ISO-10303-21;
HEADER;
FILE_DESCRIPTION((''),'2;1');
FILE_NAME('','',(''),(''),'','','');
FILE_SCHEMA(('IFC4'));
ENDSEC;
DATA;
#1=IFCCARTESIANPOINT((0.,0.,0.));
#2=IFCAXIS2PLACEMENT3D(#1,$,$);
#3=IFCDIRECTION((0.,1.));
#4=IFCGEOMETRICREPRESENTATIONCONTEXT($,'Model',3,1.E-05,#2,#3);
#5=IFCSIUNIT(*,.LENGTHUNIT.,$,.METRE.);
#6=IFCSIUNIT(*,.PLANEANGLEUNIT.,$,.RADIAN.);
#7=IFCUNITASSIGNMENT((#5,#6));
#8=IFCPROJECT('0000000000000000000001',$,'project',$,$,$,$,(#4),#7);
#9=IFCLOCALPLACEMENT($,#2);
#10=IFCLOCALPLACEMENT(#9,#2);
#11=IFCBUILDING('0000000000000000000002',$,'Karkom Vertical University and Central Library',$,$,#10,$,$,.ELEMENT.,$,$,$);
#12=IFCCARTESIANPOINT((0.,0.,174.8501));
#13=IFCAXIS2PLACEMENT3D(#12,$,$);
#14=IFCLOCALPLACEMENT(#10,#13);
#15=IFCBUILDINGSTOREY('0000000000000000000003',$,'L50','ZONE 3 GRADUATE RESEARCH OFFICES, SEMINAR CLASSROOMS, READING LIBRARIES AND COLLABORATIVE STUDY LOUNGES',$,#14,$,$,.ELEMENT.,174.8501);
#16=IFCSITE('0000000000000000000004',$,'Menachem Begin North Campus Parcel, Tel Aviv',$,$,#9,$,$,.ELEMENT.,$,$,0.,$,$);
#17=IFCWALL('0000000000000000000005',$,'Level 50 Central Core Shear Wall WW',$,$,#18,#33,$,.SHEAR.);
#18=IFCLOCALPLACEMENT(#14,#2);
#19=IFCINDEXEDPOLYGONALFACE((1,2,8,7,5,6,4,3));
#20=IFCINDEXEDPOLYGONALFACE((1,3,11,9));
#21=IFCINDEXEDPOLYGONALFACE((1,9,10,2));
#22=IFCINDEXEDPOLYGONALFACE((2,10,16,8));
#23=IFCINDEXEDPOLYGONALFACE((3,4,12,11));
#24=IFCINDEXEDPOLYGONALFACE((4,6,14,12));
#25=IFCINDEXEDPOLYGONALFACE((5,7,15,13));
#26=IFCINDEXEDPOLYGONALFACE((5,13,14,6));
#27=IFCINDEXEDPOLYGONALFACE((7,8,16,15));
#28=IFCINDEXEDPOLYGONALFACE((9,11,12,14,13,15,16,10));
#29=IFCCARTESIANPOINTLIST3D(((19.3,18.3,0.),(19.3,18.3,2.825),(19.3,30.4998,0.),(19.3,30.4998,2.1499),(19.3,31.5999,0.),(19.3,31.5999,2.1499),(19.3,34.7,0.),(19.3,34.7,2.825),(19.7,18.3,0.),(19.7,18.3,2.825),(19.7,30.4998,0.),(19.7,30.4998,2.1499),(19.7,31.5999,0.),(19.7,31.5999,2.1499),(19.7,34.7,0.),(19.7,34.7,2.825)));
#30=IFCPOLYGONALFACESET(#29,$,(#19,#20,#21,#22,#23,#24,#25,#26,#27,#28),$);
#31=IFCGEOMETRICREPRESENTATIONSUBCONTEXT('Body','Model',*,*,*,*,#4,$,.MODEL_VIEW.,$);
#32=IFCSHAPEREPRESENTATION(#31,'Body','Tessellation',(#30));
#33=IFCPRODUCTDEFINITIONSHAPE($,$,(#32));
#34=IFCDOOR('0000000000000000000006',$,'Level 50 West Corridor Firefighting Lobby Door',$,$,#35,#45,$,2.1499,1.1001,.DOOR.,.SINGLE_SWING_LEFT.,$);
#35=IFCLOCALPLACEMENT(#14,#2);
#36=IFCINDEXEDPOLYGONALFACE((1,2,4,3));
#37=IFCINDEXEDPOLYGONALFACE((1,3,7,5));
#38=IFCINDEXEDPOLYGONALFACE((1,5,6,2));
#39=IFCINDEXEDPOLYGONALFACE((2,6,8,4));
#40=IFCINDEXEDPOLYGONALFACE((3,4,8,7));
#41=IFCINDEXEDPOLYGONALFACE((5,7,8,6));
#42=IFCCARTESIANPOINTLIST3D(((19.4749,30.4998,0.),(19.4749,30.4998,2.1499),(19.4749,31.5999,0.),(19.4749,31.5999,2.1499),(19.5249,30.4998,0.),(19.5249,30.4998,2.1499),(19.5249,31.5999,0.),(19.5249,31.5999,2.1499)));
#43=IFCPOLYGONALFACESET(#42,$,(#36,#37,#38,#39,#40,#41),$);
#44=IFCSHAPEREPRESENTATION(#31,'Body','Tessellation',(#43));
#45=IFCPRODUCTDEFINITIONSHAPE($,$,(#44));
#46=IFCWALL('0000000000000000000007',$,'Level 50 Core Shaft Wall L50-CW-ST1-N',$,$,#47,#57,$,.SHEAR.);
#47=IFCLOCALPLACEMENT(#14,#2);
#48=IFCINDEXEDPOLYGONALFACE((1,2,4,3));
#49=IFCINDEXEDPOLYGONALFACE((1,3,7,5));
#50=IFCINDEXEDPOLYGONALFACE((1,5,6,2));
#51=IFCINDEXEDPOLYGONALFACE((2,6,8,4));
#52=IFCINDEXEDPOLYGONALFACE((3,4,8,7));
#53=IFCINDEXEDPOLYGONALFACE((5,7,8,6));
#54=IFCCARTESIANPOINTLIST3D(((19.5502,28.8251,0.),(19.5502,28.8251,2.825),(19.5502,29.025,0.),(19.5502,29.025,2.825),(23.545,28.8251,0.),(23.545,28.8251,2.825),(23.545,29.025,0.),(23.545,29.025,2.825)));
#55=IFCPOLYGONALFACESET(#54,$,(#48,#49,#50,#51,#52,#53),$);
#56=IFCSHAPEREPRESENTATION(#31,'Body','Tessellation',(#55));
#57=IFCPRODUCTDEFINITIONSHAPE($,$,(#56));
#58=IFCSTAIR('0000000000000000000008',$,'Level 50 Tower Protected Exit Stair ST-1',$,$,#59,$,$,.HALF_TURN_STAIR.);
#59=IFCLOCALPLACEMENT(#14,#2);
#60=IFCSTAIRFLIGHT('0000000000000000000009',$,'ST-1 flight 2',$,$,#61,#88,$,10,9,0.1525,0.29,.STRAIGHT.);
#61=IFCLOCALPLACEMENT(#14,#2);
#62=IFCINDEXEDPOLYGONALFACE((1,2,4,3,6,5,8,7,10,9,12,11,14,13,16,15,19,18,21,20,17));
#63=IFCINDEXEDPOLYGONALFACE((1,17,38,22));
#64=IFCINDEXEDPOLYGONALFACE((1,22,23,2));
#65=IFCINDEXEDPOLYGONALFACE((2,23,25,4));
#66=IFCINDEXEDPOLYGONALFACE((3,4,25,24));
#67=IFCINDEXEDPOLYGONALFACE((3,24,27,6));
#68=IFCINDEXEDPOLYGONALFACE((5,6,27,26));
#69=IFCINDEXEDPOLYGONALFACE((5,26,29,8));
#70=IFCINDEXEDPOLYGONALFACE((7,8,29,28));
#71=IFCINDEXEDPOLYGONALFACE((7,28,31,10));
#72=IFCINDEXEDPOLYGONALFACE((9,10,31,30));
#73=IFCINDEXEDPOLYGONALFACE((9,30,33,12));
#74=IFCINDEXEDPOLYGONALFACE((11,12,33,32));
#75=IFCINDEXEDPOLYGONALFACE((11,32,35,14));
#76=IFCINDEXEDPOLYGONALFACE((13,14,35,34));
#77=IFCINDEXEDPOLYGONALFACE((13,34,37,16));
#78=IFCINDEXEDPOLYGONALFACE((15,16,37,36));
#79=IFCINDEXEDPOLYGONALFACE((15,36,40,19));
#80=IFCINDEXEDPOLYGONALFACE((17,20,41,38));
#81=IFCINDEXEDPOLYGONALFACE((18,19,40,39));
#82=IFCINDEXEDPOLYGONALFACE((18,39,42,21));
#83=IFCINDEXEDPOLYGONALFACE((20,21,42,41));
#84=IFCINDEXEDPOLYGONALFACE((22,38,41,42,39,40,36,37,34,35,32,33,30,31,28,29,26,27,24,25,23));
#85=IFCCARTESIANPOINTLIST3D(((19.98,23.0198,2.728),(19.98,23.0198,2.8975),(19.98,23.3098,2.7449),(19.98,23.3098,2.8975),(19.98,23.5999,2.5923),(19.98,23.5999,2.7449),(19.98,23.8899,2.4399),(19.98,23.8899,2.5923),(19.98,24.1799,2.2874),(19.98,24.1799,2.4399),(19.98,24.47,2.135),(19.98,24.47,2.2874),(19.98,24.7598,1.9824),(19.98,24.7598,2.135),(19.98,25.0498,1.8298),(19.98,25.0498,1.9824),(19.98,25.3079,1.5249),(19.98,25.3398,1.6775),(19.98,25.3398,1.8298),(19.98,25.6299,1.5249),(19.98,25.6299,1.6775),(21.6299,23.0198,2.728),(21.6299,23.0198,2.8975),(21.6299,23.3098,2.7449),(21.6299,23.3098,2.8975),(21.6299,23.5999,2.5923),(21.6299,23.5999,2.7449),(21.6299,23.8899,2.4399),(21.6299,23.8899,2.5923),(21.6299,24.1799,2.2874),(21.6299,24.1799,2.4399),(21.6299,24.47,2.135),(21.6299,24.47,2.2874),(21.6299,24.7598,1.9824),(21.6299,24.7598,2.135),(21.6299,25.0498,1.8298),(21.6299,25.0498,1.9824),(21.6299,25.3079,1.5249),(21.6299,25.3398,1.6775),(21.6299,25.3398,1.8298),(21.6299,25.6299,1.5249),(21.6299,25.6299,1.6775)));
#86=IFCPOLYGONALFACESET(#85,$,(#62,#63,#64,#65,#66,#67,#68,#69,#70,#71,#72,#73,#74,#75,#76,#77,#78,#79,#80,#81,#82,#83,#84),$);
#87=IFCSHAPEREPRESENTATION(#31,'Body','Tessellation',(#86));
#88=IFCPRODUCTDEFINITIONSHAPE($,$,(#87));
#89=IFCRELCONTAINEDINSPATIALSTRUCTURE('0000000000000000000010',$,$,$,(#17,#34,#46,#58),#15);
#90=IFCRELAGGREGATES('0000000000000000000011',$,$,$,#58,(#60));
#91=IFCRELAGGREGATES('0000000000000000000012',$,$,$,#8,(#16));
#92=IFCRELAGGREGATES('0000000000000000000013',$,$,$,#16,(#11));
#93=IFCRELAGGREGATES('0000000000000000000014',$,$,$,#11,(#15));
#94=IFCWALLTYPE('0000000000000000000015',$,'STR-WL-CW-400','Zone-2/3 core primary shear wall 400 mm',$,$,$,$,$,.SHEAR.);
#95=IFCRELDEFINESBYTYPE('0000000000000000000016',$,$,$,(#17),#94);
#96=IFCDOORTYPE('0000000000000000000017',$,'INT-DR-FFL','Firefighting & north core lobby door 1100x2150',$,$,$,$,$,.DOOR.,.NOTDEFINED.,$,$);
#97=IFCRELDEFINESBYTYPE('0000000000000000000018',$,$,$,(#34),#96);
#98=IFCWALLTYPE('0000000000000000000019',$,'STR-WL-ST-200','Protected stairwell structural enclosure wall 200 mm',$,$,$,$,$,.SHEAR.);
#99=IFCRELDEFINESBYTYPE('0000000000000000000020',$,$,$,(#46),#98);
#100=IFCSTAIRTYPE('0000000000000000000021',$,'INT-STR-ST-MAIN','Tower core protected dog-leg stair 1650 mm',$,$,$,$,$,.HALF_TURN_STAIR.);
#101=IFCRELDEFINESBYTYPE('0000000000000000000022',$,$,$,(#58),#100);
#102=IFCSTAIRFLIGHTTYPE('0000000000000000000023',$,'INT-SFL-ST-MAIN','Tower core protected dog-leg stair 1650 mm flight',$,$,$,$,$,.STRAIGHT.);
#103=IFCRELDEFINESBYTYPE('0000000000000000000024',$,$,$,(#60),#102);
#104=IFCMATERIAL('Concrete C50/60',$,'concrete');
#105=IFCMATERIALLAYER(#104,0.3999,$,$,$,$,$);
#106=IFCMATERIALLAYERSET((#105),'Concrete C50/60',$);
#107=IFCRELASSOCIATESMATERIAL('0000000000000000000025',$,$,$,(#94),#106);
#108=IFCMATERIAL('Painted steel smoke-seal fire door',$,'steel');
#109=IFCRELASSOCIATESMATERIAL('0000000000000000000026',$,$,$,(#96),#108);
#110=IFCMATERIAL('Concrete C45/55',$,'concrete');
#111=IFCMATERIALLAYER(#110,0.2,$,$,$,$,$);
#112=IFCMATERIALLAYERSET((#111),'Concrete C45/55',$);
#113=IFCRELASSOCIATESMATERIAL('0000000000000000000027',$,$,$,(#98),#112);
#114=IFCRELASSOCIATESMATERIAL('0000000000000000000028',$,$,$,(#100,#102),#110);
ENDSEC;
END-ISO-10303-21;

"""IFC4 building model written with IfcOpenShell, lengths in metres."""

from ifc_helpers import new_model, si_unit, direction, frame, frame_2d, origin, origin_with_axes, place, context, subcontext, project, spatial, polyline, rectangle, outline, extrude, source, transform, mapped, material, layer, layer_set, type_object, element, fill, aggregate, save


model = new_model("IFC4")

# Units and contexts
model_context = context("Model", 3, precision=1e-05, world=origin(), true_north=direction((0.0, 1.0)))
body_context = subcontext(model_context, "Body", "Model", "MODEL_VIEW")
ifc_project = project(units=[si_unit("LENGTHUNIT", "METRE"), si_unit("PLANEANGLEUNIT", "RADIAN")], contexts=[model_context])

# Site, building, storey
site_placement = place(None, origin())
site = spatial("IfcSite", under=ifc_project, at=site_placement, Name="Menachem Begin North Campus Parcel, Tel Aviv", CompositionType="ELEMENT", RefElevation=0.0)
building_placement = place(site_placement, origin())
building = spatial("IfcBuilding", under=site, at=building_placement, Name="Karkom Vertical University and Central Library", CompositionType="ELEMENT")
storey_placement = place(building_placement, frame((0.0, 0.0, 174.8501)))
storey = spatial("IfcBuildingStorey", under=building, at=storey_placement, Name="L50", Description="ZONE 3 GRADUATE RESEARCH OFFICES, SEMINAR CLASSROOMS, READING LIBRARIES AND COLLABORATIVE STUDY LOUNGES", CompositionType="ELEMENT", Elevation=174.8501)

# Shared definitions
ifc_material_1 = material(Name="Concrete C50/60", Category="concrete")

# Wall, opening, door
ifc_layer_1 = layer(ifc_material_1, 0.3999)
ifc_layer_set_1 = layer_set([ifc_layer_1], Name="Concrete C50/60")
wall_type_1 = type_object("IfcWallType", Name="STR-WL-CW-400", Description="Zone-2/3 core primary shear wall 400 mm", PredefinedType="SHEAR", material=ifc_layer_set_1)
wall_1_placement = place(storey_placement, frame((19.5, 34.7, 0.0), z_axis=(0.0, 0.0, 1.0), x_axis=(0.0, -1.0, 0.0)))
wall_1 = element("IfcWall", 1, at=wall_1_placement, inside=storey, type_object=wall_type_1, Name="Level 50 Central Core Shear Wall WW", PredefinedType="SHEAR", context=body_context, shape_type="SweptSolid", body=[
    extrude(rectangle(XDim=16.3999, YDim=0.3999, at=frame_2d((8.2, 0.0))), origin(), (0.0, 0.0, 1.0), 2.825),
])
opening_1_placement = place(wall_1_placement, frame((3.1001, 0.0, 0.0)))
opening_1 = element("IfcOpeningElement", 2, at=opening_1_placement, cuts=wall_1, PredefinedType="OPENING", context=body_context, shape_type="SweptSolid", body=[
    extrude(rectangle(XDim=1.1001, YDim=2.1499, at=frame_2d((0.55, 1.075))), frame((0.0, 0.21, 0.0), z_axis=(0.0, -1.0, 0.0), x_axis=(1.0, 0.0, 0.0)), (0.0, 0.0, 1.0), 0.4199),
])
ifc_material_2 = material(Name="Painted steel smoke-seal fire door", Category="steel")
door_type_1 = type_object("IfcDoorType", Name="INT-DR-FFL", Description="Firefighting & north core lobby door 1100x2150", OperationType="NOTDEFINED", PredefinedType="DOOR", material=ifc_material_2)
shared_shape_1 = source(origin_with_axes(), body_context, "Body", "SweptSolid", [
    extrude(rectangle(XDim=1.1001, YDim=2.1499, at=frame_2d((0.55, 1.075))), frame((0.0, 0.0249, 0.0), z_axis=(0.0, -1.0, 0.0), x_axis=(1.0, 0.0, 0.0)), (0.0, 0.0, 1.0), 0.05),
])
door_1_placement = place(opening_1_placement, origin())
door_1 = element("IfcDoor", 3, at=door_1_placement, inside=storey, type_object=door_type_1, Name="Level 50 West Corridor Firefighting Lobby Door", OperationType="SINGLE_SWING_LEFT", OverallHeight=2.1499, OverallWidth=1.1001, PredefinedType="DOOR", context=body_context, shape_type="MappedRepresentation", body=[
    mapped(shared_shape_1, transform((0.0, 0.0, 0.0), scale=1.0)),
])
fill(opening_1, door_1)

# Wall
ifc_material_3 = material(Name="Concrete C45/55", Category="concrete")
ifc_layer_2 = layer(ifc_material_3, 0.2)
ifc_layer_set_2 = layer_set([ifc_layer_2], Name="Concrete C45/55")
wall_type_2 = type_object("IfcWallType", Name="STR-WL-ST-200", Description="Protected stairwell structural enclosure wall 200 mm", PredefinedType="SHEAR", material=ifc_layer_set_2)
wall_2_placement = place(storey_placement, frame((19.55, 28.925, 0.0), z_axis=(0.0, 0.0, 1.0), x_axis=(1.0, 0.0, 0.0)))
element("IfcWall", 4, at=wall_2_placement, inside=storey, type_object=wall_type_2, Name="Level 50 Core Shaft Wall L50-CW-ST1-N", PredefinedType="SHEAR", context=body_context, shape_type="SweptSolid", body=[
    extrude(rectangle(XDim=3.9949, YDim=0.2, at=frame_2d((1.9976, 0.0))), origin(), (0.0, 0.0, 1.0), 2.825),
])

# Stair, stair flight
stair_type = type_object("IfcStairType", Name="INT-STR-ST-MAIN", Description="Tower core protected dog-leg stair 1650 mm", PredefinedType="HALF_TURN_STAIR", material=ifc_material_3)
stair_placement = place(storey_placement, origin())
stair = element("IfcStair", 5, at=stair_placement, inside=storey, type_object=stair_type, Name="Level 50 Tower Protected Exit Stair ST-1", PredefinedType="HALF_TURN_STAIR")
stair_flight_type = type_object("IfcStairFlightType", Name="INT-SFL-ST-MAIN", Description="Tower core protected dog-leg stair 1650 mm flight", PredefinedType="STRAIGHT", material=ifc_material_3)
stair_flight_placement = place(storey_placement, frame((20.8049, 25.6299, 1.5249), z_axis=(0.0, 0.0, 1.0), x_axis=(0.0, -1.0, 0.0)))
stair_flight = element("IfcStairFlight", 6, at=stair_flight_placement, type_object=stair_flight_type, Name="ST-1 flight 2", NumberOfRisers=10, NumberOfTreads=9, PredefinedType="STRAIGHT", RiserHeight=0.1525, TreadLength=0.29, context=body_context, shape_type="SweptSolid", body=[
    extrude(outline(polyline([(0.0, 0.0), (0.0, 0.1526), (0.29, 0.1526), (0.29, 0.3049), (0.5801, 0.3049), (0.5801, 0.4575), (0.8701, 0.4575), (0.8701, 0.6101), (1.1599, 0.6101), (1.1599, 0.7625), (1.45, 0.7625), (1.45, 0.915), (1.74, 0.915), (1.74, 1.0674), (2.03, 1.0674), (2.03, 1.22), (2.3201, 1.22), (2.3201, 1.3726), (2.6101, 1.3726), (2.6101, 1.5249), (2.6101, 1.2031), (0.322, 0.0), (0.0, 0.0)])), frame((0.0, 0.825, 0.0), z_axis=(0.0, -1.0, 0.0), x_axis=(1.0, 0.0, 0.0)), (0.0, 0.0, 1.0), 1.6499),
])
aggregate(stair, [stair_flight])

save(model, "model.ifc")
